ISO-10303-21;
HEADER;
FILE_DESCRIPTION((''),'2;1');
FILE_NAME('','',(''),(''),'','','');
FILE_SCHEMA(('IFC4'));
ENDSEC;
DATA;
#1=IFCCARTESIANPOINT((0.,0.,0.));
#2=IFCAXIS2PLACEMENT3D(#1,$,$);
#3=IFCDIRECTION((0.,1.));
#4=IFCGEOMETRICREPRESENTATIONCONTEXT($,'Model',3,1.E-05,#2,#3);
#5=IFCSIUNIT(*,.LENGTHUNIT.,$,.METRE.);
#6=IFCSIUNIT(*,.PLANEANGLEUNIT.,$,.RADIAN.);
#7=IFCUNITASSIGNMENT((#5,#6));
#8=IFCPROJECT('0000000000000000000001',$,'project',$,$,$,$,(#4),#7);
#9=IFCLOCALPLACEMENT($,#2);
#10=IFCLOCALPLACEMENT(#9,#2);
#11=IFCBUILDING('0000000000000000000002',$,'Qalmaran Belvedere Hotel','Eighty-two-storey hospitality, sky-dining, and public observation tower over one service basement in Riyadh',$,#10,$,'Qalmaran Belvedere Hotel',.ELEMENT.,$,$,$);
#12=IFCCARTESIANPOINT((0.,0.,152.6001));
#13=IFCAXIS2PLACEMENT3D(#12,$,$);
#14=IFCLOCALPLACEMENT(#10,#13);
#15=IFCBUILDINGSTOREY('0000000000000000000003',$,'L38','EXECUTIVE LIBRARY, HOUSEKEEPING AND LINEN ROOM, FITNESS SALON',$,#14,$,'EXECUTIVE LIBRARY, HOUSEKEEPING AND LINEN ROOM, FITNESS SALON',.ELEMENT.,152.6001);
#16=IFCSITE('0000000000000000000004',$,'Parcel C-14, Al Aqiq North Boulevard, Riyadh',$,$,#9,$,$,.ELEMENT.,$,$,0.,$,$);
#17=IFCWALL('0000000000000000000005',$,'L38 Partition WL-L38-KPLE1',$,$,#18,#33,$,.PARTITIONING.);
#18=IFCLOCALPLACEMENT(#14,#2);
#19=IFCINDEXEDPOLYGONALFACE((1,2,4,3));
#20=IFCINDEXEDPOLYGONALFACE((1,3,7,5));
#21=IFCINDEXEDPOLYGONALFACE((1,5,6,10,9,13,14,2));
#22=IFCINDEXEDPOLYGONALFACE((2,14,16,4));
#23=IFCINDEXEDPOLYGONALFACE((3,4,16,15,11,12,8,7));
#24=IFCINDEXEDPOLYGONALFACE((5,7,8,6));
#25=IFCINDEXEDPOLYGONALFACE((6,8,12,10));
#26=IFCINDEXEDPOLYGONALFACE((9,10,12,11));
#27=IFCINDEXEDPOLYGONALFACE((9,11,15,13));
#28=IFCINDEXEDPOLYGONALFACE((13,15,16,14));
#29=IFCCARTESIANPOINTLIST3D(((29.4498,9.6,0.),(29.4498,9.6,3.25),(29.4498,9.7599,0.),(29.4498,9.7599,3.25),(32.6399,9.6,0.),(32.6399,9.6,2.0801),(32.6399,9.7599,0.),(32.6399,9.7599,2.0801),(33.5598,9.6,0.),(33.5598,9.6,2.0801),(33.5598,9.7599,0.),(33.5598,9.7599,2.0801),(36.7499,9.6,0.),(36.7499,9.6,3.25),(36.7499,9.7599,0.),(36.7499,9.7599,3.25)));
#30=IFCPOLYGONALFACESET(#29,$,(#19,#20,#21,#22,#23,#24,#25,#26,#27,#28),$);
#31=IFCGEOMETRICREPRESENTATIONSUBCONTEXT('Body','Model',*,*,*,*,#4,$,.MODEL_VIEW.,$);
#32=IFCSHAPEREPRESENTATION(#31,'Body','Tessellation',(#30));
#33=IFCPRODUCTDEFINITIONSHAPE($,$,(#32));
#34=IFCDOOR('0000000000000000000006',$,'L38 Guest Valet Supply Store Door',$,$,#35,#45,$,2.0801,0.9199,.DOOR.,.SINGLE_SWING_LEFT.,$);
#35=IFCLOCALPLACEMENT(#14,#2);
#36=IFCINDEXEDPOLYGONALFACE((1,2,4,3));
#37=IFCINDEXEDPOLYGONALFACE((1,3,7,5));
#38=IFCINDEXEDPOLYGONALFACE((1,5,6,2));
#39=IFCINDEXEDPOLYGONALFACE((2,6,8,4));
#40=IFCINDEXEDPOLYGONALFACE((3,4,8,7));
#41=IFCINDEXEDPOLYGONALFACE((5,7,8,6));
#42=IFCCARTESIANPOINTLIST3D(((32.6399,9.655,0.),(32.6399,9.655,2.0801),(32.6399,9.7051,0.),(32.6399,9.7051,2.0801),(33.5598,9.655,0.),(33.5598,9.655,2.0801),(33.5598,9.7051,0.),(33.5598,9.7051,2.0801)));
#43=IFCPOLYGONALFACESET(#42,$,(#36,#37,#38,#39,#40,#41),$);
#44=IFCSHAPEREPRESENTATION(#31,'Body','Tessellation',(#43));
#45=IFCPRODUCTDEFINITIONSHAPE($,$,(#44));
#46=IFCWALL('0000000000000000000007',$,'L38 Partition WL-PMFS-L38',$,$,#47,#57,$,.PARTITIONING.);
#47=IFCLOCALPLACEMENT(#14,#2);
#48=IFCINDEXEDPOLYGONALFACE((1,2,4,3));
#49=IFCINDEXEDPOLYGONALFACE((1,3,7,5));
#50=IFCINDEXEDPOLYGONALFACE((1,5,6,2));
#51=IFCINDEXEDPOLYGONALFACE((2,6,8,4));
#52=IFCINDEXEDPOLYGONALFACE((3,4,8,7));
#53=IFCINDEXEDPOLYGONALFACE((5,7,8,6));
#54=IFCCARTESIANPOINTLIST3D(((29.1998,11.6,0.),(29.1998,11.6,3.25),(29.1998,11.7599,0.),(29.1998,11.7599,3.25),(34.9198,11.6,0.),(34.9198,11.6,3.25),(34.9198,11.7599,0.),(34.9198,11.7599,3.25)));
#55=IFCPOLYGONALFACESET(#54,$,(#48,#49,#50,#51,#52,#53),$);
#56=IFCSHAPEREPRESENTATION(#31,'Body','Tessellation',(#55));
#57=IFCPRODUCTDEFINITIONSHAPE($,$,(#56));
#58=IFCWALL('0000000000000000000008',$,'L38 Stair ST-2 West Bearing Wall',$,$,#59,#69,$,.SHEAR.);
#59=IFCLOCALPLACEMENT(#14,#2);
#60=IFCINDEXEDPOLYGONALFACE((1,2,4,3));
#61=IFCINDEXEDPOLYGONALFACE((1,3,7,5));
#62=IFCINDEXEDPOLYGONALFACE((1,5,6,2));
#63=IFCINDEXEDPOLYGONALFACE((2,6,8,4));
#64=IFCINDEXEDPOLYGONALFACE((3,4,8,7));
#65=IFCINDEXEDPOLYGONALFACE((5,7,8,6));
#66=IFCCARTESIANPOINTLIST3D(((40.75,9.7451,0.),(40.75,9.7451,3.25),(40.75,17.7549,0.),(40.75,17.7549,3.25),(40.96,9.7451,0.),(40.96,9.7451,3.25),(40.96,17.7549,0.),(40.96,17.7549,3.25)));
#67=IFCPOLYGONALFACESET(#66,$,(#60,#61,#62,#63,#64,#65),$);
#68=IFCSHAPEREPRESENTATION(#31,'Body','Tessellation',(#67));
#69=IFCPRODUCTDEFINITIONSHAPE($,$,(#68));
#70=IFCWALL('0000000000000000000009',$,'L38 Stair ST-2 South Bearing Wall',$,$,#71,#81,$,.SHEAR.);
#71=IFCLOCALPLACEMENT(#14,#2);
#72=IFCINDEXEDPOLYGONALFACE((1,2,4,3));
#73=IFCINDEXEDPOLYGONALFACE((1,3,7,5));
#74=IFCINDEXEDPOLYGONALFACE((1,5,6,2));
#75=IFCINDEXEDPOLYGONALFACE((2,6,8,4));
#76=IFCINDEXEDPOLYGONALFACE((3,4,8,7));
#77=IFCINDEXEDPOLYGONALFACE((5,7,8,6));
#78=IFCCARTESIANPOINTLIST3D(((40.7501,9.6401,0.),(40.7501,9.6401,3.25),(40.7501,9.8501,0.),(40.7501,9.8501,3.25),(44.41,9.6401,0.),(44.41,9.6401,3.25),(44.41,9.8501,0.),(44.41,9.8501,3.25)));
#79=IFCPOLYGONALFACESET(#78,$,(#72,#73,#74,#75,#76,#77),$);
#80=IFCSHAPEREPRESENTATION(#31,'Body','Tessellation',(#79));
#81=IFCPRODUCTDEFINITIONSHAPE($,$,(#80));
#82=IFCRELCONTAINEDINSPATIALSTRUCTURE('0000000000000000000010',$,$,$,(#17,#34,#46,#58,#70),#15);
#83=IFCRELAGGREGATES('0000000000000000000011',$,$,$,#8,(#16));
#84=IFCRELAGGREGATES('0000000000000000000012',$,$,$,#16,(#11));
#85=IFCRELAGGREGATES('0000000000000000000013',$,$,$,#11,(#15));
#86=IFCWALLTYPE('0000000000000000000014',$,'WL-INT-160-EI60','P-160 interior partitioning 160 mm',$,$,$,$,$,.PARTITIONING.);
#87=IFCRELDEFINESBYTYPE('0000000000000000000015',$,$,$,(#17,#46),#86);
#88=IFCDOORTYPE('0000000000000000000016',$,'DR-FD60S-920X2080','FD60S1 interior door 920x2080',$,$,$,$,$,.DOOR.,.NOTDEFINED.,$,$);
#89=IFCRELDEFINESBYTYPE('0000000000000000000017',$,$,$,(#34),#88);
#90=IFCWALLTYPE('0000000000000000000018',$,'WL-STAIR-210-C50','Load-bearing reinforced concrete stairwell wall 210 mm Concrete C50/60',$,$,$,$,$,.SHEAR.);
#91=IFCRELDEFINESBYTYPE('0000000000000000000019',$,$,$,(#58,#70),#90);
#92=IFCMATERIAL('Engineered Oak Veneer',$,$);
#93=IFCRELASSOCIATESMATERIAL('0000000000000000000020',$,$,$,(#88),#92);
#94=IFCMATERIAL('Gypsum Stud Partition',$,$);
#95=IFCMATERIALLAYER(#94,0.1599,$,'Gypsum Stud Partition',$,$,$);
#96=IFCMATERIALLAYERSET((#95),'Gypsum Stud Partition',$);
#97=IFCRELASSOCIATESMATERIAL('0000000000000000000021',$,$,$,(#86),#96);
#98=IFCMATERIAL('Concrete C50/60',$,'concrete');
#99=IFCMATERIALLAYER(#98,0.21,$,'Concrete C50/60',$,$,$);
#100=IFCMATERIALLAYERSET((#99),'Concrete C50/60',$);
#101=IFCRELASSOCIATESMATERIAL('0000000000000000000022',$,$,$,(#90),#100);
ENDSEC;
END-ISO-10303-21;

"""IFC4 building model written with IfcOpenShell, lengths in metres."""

from ifc_helpers import new_model, si_unit, direction, frame, frame_2d, origin, place, context, subcontext, project, spatial, rectangle, extrude, material, layer, layer_set, type_object, element, fill, save


model = new_model("IFC4")

# Units and contexts
model_context = context("Model", 3, precision=1e-05, world=origin(), true_north=direction((0.0, 1.0)))
body_context = subcontext(model_context, "Body", "Model", "MODEL_VIEW")
ifc_project = project(units=[si_unit("LENGTHUNIT", "METRE"), si_unit("PLANEANGLEUNIT", "RADIAN")], contexts=[model_context])

# Site, building, storey
site_placement = place(None, origin())
site = spatial("IfcSite", under=ifc_project, at=site_placement, Name="Parcel C-14, Al Aqiq North Boulevard, Riyadh", CompositionType="ELEMENT", RefElevation=0.0)
building_placement = place(site_placement, origin())
building = spatial("IfcBuilding", under=site, at=building_placement, Name="Qalmaran Belvedere Hotel", Description="Eighty-two-storey hospitality, sky-dining, and public observation tower over one service basement in Riyadh", LongName="Qalmaran Belvedere Hotel", CompositionType="ELEMENT")
storey_placement = place(building_placement, frame((0.0, 0.0, 152.6001)))
storey = spatial("IfcBuildingStorey", under=building, at=storey_placement, Name="L38", Description="EXECUTIVE LIBRARY, HOUSEKEEPING AND LINEN ROOM, FITNESS SALON", LongName="EXECUTIVE LIBRARY, HOUSEKEEPING AND LINEN ROOM, FITNESS SALON", CompositionType="ELEMENT", Elevation=152.6001)

# Shared definitions
ifc_material_1 = material(Name="Concrete C50/60", Category="concrete")

# Shared definitions
ifc_material_2 = material(Name="Gypsum Stud Partition")

# Shared definitions
ifc_material_3 = material(Name="Engineered Oak Veneer")
door_type_1 = type_object("IfcDoorType", Name="DR-FD60S-920X2080", Description="FD60S1 interior door 920x2080", OperationType="NOTDEFINED", PredefinedType="DOOR", material=ifc_material_3)
ifc_layer_1 = layer(ifc_material_2, 0.1599, Name="Gypsum Stud Partition")
ifc_layer_set_1 = layer_set([ifc_layer_1], Name="Gypsum Stud Partition")
wall_type_1 = type_object("IfcWallType", Name="WL-INT-160-EI60", Description="P-160 interior partitioning 160 mm", PredefinedType="PARTITIONING", material=ifc_layer_set_1)

# Wall, opening, door
wall_1_placement = place(storey_placement, frame((29.45, 9.6799, 0.0), z_axis=(0.0, 0.0, 1.0), x_axis=(1.0, 0.0, 0.0)))
wall_1 = element("IfcWall", 1, at=wall_1_placement, inside=storey, type_object=wall_type_1, Name="L38 Partition WL-L38-KPLE1", PredefinedType="PARTITIONING", context=body_context, shape_type="SweptSolid", body=[
    extrude(rectangle(XDim=7.3, YDim=0.1599, at=frame_2d((3.6499, 0.0))), origin(), (0.0, 0.0, 1.0), 3.25),
])
opening_1_placement = place(wall_1_placement, frame((4.1099, 0.0, 0.0), z_axis=(0.0, 0.0, 1.0), x_axis=(-1.0, 0.0, 0.0)))
opening_1 = element("IfcOpeningElement", 2, at=opening_1_placement, cuts=wall_1, PredefinedType="OPENING", context=body_context, shape_type="SweptSolid", body=[
    extrude(rectangle(XDim=0.9199, YDim=2.0801, at=frame_2d((0.46, 1.04))), frame((0.0, 0.0898, 0.0), z_axis=(0.0, -1.0, 0.0), x_axis=(1.0, 0.0, 0.0)), (0.0, 0.0, 1.0), 0.1799),
])
door_1_placement = place(opening_1_placement, origin())
door_1 = element("IfcDoor", 3, at=door_1_placement, inside=storey, type_object=door_type_1, Name="L38 Guest Valet Supply Store Door", OperationType="SINGLE_SWING_LEFT", OverallHeight=2.0801, OverallWidth=0.9199, PredefinedType="DOOR", context=body_context, shape_type="SweptSolid", body=[
    extrude(rectangle(XDim=0.9199, YDim=2.0801, at=frame_2d((0.46, 1.04))), frame((0.0, 0.0249, 0.0), z_axis=(0.0, -1.0, 0.0), x_axis=(1.0, 0.0, 0.0)), (0.0, 0.0, 1.0), 0.05),
])
fill(opening_1, door_1)

# Walls
wall_2_placement = place(storey_placement, frame((29.2, 11.6799, 0.0), z_axis=(0.0, 0.0, 1.0), x_axis=(1.0, 0.0, 0.0)))
element("IfcWall", 4, at=wall_2_placement, inside=storey, type_object=wall_type_1, Name="L38 Partition WL-PMFS-L38", PredefinedType="PARTITIONING", context=body_context, shape_type="SweptSolid", body=[
    extrude(rectangle(XDim=5.72, YDim=0.1599, at=frame_2d((2.8599, 0.0))), origin(), (0.0, 0.0, 1.0), 3.25),
])
ifc_layer_2 = layer(ifc_material_1, 0.21, Name="Concrete C50/60")
ifc_layer_set_2 = layer_set([ifc_layer_2], Name="Concrete C50/60")
wall_type_2 = type_object("IfcWallType", Name="WL-STAIR-210-C50", Description="Load-bearing reinforced concrete stairwell wall 210 mm Concrete C50/60", PredefinedType="SHEAR", material=ifc_layer_set_2)
wall_3_placement = place(storey_placement, frame((40.855, 9.7451, 0.0), z_axis=(0.0, 0.0, 1.0), x_axis=(0.0, 1.0, 0.0)))
element("IfcWall", 5, at=wall_3_placement, inside=storey, type_object=wall_type_2, Name="L38 Stair ST-2 West Bearing Wall", PredefinedType="SHEAR", context=body_context, shape_type="SweptSolid", body=[
    extrude(rectangle(XDim=8.0098, YDim=0.21, at=frame_2d((4.0049, 0.0))), origin(), (0.0, 0.0, 1.0), 3.25),
])
wall_4_placement = place(storey_placement, frame((40.75, 9.7451, 0.0), z_axis=(0.0, 0.0, 1.0), x_axis=(1.0, 0.0, 0.0)))
element("IfcWall", 6, at=wall_4_placement, inside=storey, type_object=wall_type_2, Name="L38 Stair ST-2 South Bearing Wall", PredefinedType="SHEAR", context=body_context, shape_type="SweptSolid", body=[
    extrude(rectangle(XDim=3.6599, YDim=0.21, at=frame_2d((1.8301, 0.0))), origin(), (0.0, 0.0, 1.0), 3.25),
])

save(model, "model.ifc")
